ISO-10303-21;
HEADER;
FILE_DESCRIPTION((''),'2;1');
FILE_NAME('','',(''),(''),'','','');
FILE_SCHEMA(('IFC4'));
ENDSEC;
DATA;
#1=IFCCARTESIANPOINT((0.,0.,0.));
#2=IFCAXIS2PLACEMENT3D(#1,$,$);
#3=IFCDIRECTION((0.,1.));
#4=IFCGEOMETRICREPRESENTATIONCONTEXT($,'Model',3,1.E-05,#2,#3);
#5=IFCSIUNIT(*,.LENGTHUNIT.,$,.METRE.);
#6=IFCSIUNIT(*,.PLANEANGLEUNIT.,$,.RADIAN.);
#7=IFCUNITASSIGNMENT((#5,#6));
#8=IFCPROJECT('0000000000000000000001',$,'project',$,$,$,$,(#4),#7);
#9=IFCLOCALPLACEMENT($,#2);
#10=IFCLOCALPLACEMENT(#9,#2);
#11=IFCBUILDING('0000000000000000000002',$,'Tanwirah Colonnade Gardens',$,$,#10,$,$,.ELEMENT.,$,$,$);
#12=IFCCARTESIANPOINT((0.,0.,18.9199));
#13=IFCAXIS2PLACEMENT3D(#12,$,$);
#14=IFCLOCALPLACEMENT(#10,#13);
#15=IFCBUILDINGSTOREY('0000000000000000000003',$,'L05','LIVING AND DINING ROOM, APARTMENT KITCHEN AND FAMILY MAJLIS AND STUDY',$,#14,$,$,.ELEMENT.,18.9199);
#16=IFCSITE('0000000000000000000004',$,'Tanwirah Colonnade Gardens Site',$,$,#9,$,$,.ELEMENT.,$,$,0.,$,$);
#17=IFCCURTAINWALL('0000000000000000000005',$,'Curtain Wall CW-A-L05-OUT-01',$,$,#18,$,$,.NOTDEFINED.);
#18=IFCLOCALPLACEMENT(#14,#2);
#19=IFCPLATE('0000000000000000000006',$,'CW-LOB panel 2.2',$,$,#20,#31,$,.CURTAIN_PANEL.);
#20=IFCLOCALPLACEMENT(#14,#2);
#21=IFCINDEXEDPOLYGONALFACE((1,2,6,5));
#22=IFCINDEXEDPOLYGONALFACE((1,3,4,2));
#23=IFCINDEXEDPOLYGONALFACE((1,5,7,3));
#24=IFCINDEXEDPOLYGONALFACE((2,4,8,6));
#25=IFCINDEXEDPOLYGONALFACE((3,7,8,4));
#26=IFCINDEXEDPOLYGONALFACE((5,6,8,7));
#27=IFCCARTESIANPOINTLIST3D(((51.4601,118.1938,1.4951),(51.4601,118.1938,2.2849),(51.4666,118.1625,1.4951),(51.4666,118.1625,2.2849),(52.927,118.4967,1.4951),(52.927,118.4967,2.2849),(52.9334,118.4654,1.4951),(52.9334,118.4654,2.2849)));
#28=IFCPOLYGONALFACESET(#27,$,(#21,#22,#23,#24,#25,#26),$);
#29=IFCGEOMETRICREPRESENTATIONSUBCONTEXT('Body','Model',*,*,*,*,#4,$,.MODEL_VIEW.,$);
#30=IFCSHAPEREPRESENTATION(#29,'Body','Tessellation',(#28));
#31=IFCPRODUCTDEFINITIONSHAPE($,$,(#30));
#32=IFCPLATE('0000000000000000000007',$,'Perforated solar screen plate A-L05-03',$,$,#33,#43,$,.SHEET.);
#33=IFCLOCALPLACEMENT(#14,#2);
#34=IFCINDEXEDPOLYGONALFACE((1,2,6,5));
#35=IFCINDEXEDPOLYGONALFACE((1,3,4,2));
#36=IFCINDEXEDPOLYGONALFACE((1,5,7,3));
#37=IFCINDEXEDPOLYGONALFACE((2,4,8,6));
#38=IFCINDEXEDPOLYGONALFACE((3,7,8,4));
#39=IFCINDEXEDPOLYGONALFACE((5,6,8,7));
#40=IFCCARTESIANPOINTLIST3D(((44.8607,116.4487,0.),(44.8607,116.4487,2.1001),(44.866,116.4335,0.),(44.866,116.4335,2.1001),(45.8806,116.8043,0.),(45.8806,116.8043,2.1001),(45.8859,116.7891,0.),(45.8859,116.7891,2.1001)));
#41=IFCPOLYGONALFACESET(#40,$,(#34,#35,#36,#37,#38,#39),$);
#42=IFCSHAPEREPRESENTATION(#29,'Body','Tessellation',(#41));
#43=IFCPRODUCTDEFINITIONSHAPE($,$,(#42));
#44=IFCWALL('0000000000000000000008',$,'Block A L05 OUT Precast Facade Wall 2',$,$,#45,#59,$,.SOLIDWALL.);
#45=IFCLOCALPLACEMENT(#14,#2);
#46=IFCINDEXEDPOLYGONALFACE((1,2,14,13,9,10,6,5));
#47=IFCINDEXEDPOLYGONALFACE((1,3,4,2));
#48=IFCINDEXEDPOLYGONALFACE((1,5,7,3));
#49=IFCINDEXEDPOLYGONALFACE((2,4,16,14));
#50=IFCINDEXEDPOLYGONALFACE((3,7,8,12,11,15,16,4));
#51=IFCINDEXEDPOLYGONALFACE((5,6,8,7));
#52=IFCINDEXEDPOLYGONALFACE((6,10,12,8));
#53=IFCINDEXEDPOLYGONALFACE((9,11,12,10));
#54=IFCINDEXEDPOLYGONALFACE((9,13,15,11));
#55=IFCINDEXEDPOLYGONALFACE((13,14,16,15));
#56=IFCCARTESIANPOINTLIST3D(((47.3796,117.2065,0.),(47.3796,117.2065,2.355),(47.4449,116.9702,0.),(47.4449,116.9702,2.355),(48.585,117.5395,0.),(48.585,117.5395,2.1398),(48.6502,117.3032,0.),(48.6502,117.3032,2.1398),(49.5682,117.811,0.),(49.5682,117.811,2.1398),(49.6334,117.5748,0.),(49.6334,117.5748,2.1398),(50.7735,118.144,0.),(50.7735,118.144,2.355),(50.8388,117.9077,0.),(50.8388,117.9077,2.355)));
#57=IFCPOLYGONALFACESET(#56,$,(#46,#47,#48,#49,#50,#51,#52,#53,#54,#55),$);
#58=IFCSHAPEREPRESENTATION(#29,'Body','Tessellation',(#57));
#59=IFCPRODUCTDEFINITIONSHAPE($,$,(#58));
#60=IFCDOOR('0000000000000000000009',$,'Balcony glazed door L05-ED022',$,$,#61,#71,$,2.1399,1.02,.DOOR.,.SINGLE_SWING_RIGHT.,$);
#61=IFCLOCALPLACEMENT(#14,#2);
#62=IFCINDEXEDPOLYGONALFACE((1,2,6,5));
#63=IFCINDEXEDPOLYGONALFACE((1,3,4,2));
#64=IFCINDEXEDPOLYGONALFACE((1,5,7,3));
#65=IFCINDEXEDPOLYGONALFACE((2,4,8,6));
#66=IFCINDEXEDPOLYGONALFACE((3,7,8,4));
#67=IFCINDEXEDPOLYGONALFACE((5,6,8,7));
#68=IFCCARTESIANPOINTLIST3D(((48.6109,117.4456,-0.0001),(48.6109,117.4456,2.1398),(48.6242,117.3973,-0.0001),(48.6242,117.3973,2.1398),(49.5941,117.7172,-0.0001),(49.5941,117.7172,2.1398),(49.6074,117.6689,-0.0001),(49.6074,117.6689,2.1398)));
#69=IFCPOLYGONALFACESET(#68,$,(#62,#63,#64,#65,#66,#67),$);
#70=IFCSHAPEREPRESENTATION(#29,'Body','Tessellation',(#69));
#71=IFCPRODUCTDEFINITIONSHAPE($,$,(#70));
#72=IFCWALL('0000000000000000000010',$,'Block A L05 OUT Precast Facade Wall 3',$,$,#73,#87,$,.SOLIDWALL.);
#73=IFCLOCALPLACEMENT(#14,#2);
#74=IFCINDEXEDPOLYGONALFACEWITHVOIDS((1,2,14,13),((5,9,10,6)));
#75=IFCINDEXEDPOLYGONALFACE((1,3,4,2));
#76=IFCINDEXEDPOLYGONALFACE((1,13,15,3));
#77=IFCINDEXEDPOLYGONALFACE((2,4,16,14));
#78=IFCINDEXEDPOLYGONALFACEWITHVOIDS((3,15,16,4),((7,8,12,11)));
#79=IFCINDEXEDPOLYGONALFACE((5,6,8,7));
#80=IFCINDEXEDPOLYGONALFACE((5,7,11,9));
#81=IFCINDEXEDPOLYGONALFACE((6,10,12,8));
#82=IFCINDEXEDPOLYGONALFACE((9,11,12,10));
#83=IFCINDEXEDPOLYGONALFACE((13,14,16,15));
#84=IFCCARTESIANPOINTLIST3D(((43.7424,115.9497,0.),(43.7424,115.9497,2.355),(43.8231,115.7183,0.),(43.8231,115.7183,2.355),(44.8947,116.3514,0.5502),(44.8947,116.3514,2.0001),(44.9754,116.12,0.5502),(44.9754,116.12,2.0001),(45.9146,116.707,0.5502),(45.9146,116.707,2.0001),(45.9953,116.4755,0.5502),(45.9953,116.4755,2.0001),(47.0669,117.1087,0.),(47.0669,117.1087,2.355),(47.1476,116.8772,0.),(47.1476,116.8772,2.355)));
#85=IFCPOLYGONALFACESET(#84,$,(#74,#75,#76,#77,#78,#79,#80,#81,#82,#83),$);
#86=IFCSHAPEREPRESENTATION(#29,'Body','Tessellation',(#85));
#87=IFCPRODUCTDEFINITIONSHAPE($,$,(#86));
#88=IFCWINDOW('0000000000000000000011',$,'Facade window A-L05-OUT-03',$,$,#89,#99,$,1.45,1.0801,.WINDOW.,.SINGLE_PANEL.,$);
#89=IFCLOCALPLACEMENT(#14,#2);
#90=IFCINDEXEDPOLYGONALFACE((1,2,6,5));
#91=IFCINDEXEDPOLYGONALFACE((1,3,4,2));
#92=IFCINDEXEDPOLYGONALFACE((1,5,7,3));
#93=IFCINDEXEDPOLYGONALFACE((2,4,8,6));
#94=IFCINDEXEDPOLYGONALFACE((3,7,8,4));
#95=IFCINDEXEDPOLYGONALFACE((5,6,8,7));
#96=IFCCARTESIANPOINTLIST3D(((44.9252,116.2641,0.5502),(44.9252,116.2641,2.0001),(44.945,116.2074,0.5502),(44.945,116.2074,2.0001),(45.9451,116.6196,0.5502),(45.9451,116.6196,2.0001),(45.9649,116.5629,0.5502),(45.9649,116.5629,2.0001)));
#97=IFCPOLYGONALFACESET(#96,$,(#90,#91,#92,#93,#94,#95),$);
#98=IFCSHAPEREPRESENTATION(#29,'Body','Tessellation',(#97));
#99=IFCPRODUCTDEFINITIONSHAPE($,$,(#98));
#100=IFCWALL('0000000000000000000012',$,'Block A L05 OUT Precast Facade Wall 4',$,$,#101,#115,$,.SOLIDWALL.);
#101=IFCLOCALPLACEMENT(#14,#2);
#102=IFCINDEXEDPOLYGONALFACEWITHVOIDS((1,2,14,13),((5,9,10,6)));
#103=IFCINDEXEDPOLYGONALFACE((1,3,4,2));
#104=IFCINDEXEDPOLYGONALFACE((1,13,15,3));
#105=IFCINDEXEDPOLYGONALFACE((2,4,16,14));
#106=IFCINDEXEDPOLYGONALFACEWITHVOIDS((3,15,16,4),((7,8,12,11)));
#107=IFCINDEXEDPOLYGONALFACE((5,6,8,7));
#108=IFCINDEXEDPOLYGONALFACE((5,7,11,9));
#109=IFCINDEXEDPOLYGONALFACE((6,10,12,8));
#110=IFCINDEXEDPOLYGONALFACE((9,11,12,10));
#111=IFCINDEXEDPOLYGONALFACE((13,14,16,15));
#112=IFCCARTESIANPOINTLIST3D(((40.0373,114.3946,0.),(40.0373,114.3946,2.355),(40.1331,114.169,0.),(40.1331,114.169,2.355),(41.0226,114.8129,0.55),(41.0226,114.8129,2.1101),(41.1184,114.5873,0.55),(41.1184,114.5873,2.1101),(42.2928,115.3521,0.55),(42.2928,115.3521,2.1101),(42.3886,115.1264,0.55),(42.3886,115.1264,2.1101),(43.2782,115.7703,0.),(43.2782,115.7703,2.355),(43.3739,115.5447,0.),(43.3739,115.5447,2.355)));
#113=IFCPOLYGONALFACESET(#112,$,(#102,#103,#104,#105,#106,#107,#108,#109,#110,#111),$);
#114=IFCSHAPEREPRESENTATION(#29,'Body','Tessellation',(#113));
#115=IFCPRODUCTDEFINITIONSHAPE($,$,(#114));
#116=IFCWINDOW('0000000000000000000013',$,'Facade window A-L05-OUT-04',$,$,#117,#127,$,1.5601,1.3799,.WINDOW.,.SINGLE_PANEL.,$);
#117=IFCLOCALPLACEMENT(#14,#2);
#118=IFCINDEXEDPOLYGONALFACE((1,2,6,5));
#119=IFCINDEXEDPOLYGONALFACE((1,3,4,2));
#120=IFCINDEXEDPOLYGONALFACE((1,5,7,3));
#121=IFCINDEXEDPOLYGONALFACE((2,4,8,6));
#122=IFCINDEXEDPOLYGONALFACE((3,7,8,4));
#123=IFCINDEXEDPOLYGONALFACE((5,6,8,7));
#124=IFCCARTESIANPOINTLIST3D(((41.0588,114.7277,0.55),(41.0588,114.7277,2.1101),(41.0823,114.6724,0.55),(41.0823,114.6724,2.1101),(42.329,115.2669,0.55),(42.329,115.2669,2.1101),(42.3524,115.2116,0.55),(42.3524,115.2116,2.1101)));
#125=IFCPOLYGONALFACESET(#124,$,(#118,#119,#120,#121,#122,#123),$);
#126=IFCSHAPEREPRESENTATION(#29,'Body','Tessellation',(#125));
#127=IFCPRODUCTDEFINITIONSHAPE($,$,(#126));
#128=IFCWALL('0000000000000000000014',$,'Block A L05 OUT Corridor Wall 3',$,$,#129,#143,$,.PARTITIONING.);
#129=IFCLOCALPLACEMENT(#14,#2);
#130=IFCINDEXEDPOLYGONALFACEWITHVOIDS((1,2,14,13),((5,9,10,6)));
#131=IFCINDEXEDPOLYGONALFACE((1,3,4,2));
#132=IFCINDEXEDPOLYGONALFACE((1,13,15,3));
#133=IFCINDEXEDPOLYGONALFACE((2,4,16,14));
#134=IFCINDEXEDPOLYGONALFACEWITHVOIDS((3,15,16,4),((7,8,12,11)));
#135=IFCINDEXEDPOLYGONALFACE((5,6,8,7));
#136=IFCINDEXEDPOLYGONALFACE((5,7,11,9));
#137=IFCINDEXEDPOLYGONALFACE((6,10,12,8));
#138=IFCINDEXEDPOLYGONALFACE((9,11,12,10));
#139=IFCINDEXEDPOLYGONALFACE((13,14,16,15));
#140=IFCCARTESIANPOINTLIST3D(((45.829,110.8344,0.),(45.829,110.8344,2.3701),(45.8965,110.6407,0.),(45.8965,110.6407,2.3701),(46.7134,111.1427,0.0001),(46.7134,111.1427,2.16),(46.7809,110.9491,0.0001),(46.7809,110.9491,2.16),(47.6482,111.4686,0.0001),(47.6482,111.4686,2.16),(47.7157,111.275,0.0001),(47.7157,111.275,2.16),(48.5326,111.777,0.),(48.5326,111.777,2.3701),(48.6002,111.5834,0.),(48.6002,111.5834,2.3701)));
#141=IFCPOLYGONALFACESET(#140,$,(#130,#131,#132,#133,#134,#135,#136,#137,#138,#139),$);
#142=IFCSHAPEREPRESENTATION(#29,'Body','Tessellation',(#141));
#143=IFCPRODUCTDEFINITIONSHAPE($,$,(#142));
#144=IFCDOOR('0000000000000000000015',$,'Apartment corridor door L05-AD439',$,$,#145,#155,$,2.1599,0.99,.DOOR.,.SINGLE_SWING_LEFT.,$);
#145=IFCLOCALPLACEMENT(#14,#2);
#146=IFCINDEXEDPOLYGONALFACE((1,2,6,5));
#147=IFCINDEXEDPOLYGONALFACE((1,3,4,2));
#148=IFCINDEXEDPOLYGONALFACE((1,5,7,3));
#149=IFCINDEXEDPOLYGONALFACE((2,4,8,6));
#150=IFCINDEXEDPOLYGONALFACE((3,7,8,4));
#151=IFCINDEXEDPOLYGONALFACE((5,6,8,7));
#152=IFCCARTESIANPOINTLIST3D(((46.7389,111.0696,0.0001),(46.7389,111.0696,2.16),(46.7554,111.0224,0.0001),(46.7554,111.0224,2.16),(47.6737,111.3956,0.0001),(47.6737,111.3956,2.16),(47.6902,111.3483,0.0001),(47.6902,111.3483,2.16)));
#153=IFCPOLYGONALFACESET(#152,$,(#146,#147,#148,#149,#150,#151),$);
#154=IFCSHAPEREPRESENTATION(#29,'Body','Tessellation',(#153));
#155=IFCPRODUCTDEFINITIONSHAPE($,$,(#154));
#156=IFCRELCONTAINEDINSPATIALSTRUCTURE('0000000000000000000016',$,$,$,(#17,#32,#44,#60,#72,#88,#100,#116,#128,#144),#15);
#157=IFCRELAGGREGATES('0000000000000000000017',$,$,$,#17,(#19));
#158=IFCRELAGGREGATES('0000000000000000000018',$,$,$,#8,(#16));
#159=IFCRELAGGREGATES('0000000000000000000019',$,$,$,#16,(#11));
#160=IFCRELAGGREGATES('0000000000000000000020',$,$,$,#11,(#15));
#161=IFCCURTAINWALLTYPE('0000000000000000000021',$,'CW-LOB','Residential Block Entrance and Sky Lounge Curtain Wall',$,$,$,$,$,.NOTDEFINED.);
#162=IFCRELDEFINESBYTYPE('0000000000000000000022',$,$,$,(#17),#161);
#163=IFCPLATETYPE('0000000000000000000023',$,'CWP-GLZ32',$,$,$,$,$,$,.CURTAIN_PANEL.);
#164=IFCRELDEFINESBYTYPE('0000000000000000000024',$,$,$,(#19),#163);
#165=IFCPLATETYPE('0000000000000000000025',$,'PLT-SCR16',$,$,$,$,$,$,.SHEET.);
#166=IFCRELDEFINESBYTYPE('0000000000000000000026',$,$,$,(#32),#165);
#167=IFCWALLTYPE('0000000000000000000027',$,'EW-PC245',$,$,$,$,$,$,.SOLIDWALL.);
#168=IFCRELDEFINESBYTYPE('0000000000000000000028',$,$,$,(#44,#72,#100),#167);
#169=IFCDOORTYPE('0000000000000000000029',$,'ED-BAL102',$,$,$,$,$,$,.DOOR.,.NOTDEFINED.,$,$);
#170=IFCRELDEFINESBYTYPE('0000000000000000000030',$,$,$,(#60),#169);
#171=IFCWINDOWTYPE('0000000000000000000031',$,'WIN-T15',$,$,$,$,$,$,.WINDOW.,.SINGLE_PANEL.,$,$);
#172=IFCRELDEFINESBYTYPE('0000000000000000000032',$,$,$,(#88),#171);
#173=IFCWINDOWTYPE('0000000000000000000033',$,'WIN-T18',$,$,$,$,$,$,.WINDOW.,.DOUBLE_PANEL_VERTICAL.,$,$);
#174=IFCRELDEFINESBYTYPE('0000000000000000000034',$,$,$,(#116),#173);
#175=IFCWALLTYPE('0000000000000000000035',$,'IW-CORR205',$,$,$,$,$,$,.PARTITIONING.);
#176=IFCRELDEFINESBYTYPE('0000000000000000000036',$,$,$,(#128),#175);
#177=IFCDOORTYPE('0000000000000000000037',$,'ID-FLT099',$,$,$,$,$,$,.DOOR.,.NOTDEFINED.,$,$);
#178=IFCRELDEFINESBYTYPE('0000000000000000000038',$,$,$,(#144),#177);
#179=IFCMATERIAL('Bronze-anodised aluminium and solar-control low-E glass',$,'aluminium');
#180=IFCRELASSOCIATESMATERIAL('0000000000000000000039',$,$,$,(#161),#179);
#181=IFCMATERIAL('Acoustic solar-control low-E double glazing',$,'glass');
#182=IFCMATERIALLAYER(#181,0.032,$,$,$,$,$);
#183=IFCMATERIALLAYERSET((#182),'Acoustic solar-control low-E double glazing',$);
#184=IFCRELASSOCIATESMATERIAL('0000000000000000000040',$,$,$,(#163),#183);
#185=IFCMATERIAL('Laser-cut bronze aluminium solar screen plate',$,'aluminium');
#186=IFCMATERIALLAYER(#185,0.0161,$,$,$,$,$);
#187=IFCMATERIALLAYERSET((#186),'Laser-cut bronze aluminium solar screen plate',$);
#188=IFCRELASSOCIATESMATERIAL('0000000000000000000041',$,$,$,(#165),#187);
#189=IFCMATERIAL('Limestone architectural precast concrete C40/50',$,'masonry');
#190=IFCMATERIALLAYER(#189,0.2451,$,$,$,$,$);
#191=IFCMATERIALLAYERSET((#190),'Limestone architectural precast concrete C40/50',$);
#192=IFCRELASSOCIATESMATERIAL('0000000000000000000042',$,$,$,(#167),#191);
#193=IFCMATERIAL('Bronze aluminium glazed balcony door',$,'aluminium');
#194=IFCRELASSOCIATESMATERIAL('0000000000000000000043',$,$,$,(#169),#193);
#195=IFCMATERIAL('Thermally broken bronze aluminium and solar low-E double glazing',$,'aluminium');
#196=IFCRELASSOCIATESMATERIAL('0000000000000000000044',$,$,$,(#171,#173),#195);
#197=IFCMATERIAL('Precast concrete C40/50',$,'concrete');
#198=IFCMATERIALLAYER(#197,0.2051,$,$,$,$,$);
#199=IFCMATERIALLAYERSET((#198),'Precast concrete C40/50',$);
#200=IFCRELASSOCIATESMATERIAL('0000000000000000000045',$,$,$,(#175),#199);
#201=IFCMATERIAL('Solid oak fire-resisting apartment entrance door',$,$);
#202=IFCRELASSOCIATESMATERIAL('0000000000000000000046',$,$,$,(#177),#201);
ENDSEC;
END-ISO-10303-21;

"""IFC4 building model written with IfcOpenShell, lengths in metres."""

from ifc_helpers import new_model, si_unit, direction, frame, frame_2d, origin, origin_2d, place, context, subcontext, project, spatial, rectangle, extrude, material, layer, layer_set, type_object, element, fill, aggregate, save


model = new_model("IFC4")

# Units and contexts
model_context = context("Model", 3, precision=1e-05, world=origin(), true_north=direction((0.0, 1.0)))
body_context = subcontext(model_context, "Body", "Model", "MODEL_VIEW")
ifc_project = project(units=[si_unit("LENGTHUNIT", "METRE"), si_unit("PLANEANGLEUNIT", "RADIAN")], contexts=[model_context])

# Site, building, storey
site_placement = place(None, origin())
site = spatial("IfcSite", under=ifc_project, at=site_placement, Name="Tanwirah Colonnade Gardens Site", CompositionType="ELEMENT", RefElevation=0.0)
building_placement = place(site_placement, origin())
building = spatial("IfcBuilding", under=site, at=building_placement, Name="Tanwirah Colonnade Gardens", CompositionType="ELEMENT")
storey_placement = place(building_placement, frame((0.0, 0.0, 18.9199)))
storey = spatial("IfcBuildingStorey", under=building, at=storey_placement, Name="L05", Description="LIVING AND DINING ROOM, APARTMENT KITCHEN AND FAMILY MAJLIS AND STUDY", CompositionType="ELEMENT", Elevation=18.9199)

# Shared definitions
ifc_material_1 = material(Name="Precast concrete C40/50", Category="concrete")

# Curtain wall
ifc_material_2 = material(Name="Bronze-anodised aluminium and solar-control low-E glass", Category="aluminium")
curtain_wall_type = type_object("IfcCurtainWallType", Name="CW-LOB", Description="Residential Block Entrance and Sky Lounge Curtain Wall", PredefinedType="NOTDEFINED", material=ifc_material_2)
curtain_wall_placement = place(storey_placement, origin())
curtain_wall = element("IfcCurtainWall", 1, at=curtain_wall_placement, inside=storey, type_object=curtain_wall_type, Name="Curtain Wall CW-A-L05-OUT-01", PredefinedType="NOTDEFINED")

# Plates
ifc_material_3 = material(Name="Acoustic solar-control low-E double glazing", Category="glass")
ifc_layer_1 = layer(ifc_material_3, 0.032)
ifc_layer_set_1 = layer_set([ifc_layer_1], Name="Acoustic solar-control low-E double glazing")
plate_type_1 = type_object("IfcPlateType", Name="CWP-GLZ32", PredefinedType="CURTAIN_PANEL", material=ifc_layer_set_1)
plate_1_placement = place(storey_placement, frame((52.1968, 118.3296, 1.4951), z_axis=(0.0, 0.0, 1.0), x_axis=(-0.979341, -0.202218, 0.0)))
plate_1 = element("IfcPlate", 2, at=plate_1_placement, type_object=plate_type_1, Name="CW-LOB panel 2.2", PredefinedType="CURTAIN_PANEL", context=body_context, shape_type="SweptSolid", body=[
    extrude(rectangle(XDim=1.4978, YDim=0.032, at=origin_2d()), origin(), (0.0, 0.0, 1.0), 0.7898),
])
aggregate(curtain_wall, [plate_1])
ifc_material_4 = material(Name="Laser-cut bronze aluminium solar screen plate", Category="aluminium")
ifc_layer_2 = layer(ifc_material_4, 0.0161)
ifc_layer_set_2 = layer_set([ifc_layer_2], Name="Laser-cut bronze aluminium solar screen plate")
plate_type_2 = type_object("IfcPlateType", Name="PLT-SCR16", PredefinedType="SHEET", material=ifc_layer_set_2)
plate_2_placement = place(storey_placement, frame((45.3733, 116.6189, 0.0), z_axis=(0.0, 0.0, 1.0), x_axis=(-0.944249, -0.329233, 0.0)))
element("IfcPlate", 3, at=plate_2_placement, inside=storey, type_object=plate_type_2, Name="Perforated solar screen plate A-L05-03", PredefinedType="SHEET", context=body_context, shape_type="SweptSolid", body=[
    extrude(rectangle(XDim=1.0801, YDim=0.0161, at=origin_2d()), origin(), (0.0, 0.0, 1.0), 2.1001),
])

# Wall, opening, door
ifc_material_5 = material(Name="Limestone architectural precast concrete C40/50", Category="masonry")
ifc_layer_3 = layer(ifc_material_5, 0.2451)
ifc_layer_set_3 = layer_set([ifc_layer_3], Name="Limestone architectural precast concrete C40/50")
wall_type_1 = type_object("IfcWallType", Name="EW-PC245", PredefinedType="SOLIDWALL", material=ifc_layer_set_3)
wall_1_placement = place(storey_placement, frame((50.8062, 118.0259, 0.0), z_axis=(0.0, 0.0, 1.0), x_axis=(-0.963899, -0.266267, 0.0)))
wall_1 = element("IfcWall", 4, at=wall_1_placement, inside=storey, type_object=wall_type_1, Name="Block A L05 OUT Precast Facade Wall 2", PredefinedType="SOLIDWALL", context=body_context, shape_type="SweptSolid", body=[
    extrude(rectangle(XDim=3.521, YDim=0.2451, at=frame_2d((1.7605, 0.0))), origin(), (0.0, 0.0, 1.0), 2.355),
])
opening_1_placement = place(wall_1_placement, frame((1.2505, 0.0, 0.0)))
opening_1 = element("IfcOpeningElement", 5, at=opening_1_placement, cuts=wall_1, PredefinedType="OPENING", context=body_context, shape_type="SweptSolid", body=[
    extrude(rectangle(XDim=1.02, YDim=2.1399, at=frame_2d((0.51, 1.0698))), frame((0.0, 0.1326, 0.0), z_axis=(0.0, -1.0, 0.0), x_axis=(1.0, 0.0, 0.0)), (0.0, 0.0, 1.0), 0.2651),
])
ifc_material_6 = material(Name="Bronze aluminium glazed balcony door", Category="aluminium")
door_type_1 = type_object("IfcDoorType", Name="ED-BAL102", OperationType="NOTDEFINED", PredefinedType="DOOR", material=ifc_material_6)
door_1_placement = place(opening_1_placement, origin())
door_1 = element("IfcDoor", 6, at=door_1_placement, inside=storey, type_object=door_type_1, Name="Balcony glazed door L05-ED022", OperationType="SINGLE_SWING_RIGHT", OverallHeight=2.1399, OverallWidth=1.02, PredefinedType="DOOR", context=body_context, shape_type="SweptSolid", body=[
    extrude(rectangle(XDim=1.02, YDim=2.1399, at=frame_2d((0.51, 1.0698))), frame((0.0, 0.0249, 0.0), z_axis=(0.0, -1.0, 0.0), x_axis=(1.0, 0.0, 0.0)), (0.0, 0.0, 1.0), 0.05),
])
fill(opening_1, door_1)

# Walls, openings, windows
wall_2_placement = place(storey_placement, frame((47.1072, 116.9929, 0.0), z_axis=(0.0, 0.0, 1.0), x_axis=(-0.944267, -0.329179, 0.0)))
wall_2 = element("IfcWall", 7, at=wall_2_placement, inside=storey, type_object=wall_type_1, Name="Block A L05 OUT Precast Facade Wall 3", PredefinedType="SOLIDWALL", context=body_context, shape_type="SweptSolid", body=[
    extrude(rectangle(XDim=3.5208, YDim=0.2451, at=frame_2d((1.7603, 0.0))), origin(), (0.0, 0.0, 1.0), 2.355),
])
opening_2_placement = place(wall_2_placement, frame((1.2202, 0.0, 0.55)))
opening_2 = element("IfcOpeningElement", 8, at=opening_2_placement, cuts=wall_2, PredefinedType="OPENING", context=body_context, shape_type="SweptSolid", body=[
    extrude(rectangle(XDim=1.0801, YDim=1.45, at=frame_2d((0.54, 0.7251))), frame((0.0, 0.1326, 0.0), z_axis=(0.0, -1.0, 0.0), x_axis=(1.0, 0.0, 0.0)), (0.0, 0.0, 1.0), 0.2651),
])
ifc_material_7 = material(Name="Thermally broken bronze aluminium and solar low-E double glazing", Category="aluminium")
window_type_1 = type_object("IfcWindowType", Name="WIN-T15", PartitioningType="SINGLE_PANEL", PredefinedType="WINDOW", material=ifc_material_7)
window_1_placement = place(opening_2_placement, origin())
window_1 = element("IfcWindow", 9, at=window_1_placement, inside=storey, type_object=window_type_1, Name="Facade window A-L05-OUT-03", OverallHeight=1.45, OverallWidth=1.0801, PartitioningType="SINGLE_PANEL", PredefinedType="WINDOW", context=body_context, shape_type="SweptSolid", body=[
    extrude(rectangle(XDim=1.0801, YDim=1.45, at=frame_2d((0.54, 0.7251))), frame((0.0, 0.03, 0.0), z_axis=(0.0, -1.0, 0.0), x_axis=(1.0, 0.0, 0.0)), (0.0, 0.0, 1.0), 0.0601),
])
fill(opening_2, window_1)
wall_3_placement = place(storey_placement, frame((43.3259, 115.6575, 0.0), z_axis=(0.0, 0.0, 1.0), x_axis=(-0.920502, -0.390737, 0.0)))
wall_3 = element("IfcWall", 10, at=wall_3_placement, inside=storey, type_object=wall_type_1, Name="Block A L05 OUT Precast Facade Wall 4", PredefinedType="SOLIDWALL", context=body_context, shape_type="SweptSolid", body=[
    extrude(rectangle(XDim=3.5208, YDim=0.2451, at=frame_2d((1.7603, 0.0))), origin(), (0.0, 0.0, 1.0), 2.355),
])
opening_3_placement = place(wall_3_placement, frame((1.0703, 0.0, 0.55)))
opening_3 = element("IfcOpeningElement", 11, at=opening_3_placement, cuts=wall_3, PredefinedType="OPENING", context=body_context, shape_type="SweptSolid", body=[
    extrude(rectangle(XDim=1.3799, YDim=1.5601, at=frame_2d((0.6899, 0.78))), frame((0.0, 0.1326, 0.0), z_axis=(0.0, -1.0, 0.0), x_axis=(1.0, 0.0, 0.0)), (0.0, 0.0, 1.0), 0.2651),
])
window_type_2 = type_object("IfcWindowType", Name="WIN-T18", PartitioningType="DOUBLE_PANEL_VERTICAL", PredefinedType="WINDOW", material=ifc_material_7)
window_2_placement = place(opening_3_placement, origin())
window_2 = element("IfcWindow", 12, at=window_2_placement, inside=storey, type_object=window_type_2, Name="Facade window A-L05-OUT-04", OverallHeight=1.5601, OverallWidth=1.3799, PartitioningType="SINGLE_PANEL", PredefinedType="WINDOW", context=body_context, shape_type="SweptSolid", body=[
    extrude(rectangle(XDim=1.3799, YDim=1.5601, at=frame_2d((0.6899, 0.78))), frame((0.0, 0.03, 0.0), z_axis=(0.0, -1.0, 0.0), x_axis=(1.0, 0.0, 0.0)), (0.0, 0.0, 1.0), 0.0601),
])
fill(opening_3, window_2)

# Wall, opening, door
ifc_layer_4 = layer(ifc_material_1, 0.2051)
ifc_layer_set_4 = layer_set([ifc_layer_4], Name="Precast concrete C40/50")
wall_type_2 = type_object("IfcWallType", Name="IW-CORR205", PredefinedType="PARTITIONING", material=ifc_layer_set_4)
ifc_material_8 = material(Name="Solid oak fire-resisting apartment entrance door")
wall_4_placement = place(storey_placement, frame((48.5664, 111.6802, 0.0), z_axis=(0.0, 0.0, 1.0), x_axis=(-0.944254, -0.329218, 0.0)))
wall_4 = element("IfcWall", 13, at=wall_4_placement, inside=storey, type_object=wall_type_2, Name="Block A L05 OUT Corridor Wall 3", PredefinedType="PARTITIONING", context=body_context, shape_type="SweptSolid", body=[
    extrude(rectangle(XDim=2.8633, YDim=0.2051, at=frame_2d((1.4316, 0.0))), origin(), (0.0, 0.0, 1.0), 2.3701),
])
opening_4_placement = place(wall_4_placement, frame((0.9365, 0.0, 0.0)))
opening_4 = element("IfcOpeningElement", 14, at=opening_4_placement, cuts=wall_4, PredefinedType="OPENING", context=body_context, shape_type="SweptSolid", body=[
    extrude(rectangle(XDim=0.99, YDim=2.1599, at=frame_2d((0.4951, 1.0801))), frame((0.0, 0.1125, 0.0), z_axis=(0.0, -1.0, 0.0), x_axis=(1.0, 0.0, 0.0)), (0.0, 0.0, 1.0), 0.2251),
])
door_type_2 = type_object("IfcDoorType", Name="ID-FLT099", OperationType="NOTDEFINED", PredefinedType="DOOR", material=ifc_material_8)
door_2_placement = place(opening_4_placement, origin())
door_2 = element("IfcDoor", 15, at=door_2_placement, inside=storey, type_object=door_type_2, Name="Apartment corridor door L05-AD439", OperationType="SINGLE_SWING_LEFT", OverallHeight=2.1599, OverallWidth=0.99, PredefinedType="DOOR", context=body_context, shape_type="SweptSolid", body=[
    extrude(rectangle(XDim=0.99, YDim=2.1599, at=frame_2d((0.4951, 1.0801))), frame((0.0, 0.0249, 0.0), z_axis=(0.0, -1.0, 0.0), x_axis=(1.0, 0.0, 0.0)), (0.0, 0.0, 1.0), 0.05),
])
fill(opening_4, door_2)

save(model, "model.ifc")
